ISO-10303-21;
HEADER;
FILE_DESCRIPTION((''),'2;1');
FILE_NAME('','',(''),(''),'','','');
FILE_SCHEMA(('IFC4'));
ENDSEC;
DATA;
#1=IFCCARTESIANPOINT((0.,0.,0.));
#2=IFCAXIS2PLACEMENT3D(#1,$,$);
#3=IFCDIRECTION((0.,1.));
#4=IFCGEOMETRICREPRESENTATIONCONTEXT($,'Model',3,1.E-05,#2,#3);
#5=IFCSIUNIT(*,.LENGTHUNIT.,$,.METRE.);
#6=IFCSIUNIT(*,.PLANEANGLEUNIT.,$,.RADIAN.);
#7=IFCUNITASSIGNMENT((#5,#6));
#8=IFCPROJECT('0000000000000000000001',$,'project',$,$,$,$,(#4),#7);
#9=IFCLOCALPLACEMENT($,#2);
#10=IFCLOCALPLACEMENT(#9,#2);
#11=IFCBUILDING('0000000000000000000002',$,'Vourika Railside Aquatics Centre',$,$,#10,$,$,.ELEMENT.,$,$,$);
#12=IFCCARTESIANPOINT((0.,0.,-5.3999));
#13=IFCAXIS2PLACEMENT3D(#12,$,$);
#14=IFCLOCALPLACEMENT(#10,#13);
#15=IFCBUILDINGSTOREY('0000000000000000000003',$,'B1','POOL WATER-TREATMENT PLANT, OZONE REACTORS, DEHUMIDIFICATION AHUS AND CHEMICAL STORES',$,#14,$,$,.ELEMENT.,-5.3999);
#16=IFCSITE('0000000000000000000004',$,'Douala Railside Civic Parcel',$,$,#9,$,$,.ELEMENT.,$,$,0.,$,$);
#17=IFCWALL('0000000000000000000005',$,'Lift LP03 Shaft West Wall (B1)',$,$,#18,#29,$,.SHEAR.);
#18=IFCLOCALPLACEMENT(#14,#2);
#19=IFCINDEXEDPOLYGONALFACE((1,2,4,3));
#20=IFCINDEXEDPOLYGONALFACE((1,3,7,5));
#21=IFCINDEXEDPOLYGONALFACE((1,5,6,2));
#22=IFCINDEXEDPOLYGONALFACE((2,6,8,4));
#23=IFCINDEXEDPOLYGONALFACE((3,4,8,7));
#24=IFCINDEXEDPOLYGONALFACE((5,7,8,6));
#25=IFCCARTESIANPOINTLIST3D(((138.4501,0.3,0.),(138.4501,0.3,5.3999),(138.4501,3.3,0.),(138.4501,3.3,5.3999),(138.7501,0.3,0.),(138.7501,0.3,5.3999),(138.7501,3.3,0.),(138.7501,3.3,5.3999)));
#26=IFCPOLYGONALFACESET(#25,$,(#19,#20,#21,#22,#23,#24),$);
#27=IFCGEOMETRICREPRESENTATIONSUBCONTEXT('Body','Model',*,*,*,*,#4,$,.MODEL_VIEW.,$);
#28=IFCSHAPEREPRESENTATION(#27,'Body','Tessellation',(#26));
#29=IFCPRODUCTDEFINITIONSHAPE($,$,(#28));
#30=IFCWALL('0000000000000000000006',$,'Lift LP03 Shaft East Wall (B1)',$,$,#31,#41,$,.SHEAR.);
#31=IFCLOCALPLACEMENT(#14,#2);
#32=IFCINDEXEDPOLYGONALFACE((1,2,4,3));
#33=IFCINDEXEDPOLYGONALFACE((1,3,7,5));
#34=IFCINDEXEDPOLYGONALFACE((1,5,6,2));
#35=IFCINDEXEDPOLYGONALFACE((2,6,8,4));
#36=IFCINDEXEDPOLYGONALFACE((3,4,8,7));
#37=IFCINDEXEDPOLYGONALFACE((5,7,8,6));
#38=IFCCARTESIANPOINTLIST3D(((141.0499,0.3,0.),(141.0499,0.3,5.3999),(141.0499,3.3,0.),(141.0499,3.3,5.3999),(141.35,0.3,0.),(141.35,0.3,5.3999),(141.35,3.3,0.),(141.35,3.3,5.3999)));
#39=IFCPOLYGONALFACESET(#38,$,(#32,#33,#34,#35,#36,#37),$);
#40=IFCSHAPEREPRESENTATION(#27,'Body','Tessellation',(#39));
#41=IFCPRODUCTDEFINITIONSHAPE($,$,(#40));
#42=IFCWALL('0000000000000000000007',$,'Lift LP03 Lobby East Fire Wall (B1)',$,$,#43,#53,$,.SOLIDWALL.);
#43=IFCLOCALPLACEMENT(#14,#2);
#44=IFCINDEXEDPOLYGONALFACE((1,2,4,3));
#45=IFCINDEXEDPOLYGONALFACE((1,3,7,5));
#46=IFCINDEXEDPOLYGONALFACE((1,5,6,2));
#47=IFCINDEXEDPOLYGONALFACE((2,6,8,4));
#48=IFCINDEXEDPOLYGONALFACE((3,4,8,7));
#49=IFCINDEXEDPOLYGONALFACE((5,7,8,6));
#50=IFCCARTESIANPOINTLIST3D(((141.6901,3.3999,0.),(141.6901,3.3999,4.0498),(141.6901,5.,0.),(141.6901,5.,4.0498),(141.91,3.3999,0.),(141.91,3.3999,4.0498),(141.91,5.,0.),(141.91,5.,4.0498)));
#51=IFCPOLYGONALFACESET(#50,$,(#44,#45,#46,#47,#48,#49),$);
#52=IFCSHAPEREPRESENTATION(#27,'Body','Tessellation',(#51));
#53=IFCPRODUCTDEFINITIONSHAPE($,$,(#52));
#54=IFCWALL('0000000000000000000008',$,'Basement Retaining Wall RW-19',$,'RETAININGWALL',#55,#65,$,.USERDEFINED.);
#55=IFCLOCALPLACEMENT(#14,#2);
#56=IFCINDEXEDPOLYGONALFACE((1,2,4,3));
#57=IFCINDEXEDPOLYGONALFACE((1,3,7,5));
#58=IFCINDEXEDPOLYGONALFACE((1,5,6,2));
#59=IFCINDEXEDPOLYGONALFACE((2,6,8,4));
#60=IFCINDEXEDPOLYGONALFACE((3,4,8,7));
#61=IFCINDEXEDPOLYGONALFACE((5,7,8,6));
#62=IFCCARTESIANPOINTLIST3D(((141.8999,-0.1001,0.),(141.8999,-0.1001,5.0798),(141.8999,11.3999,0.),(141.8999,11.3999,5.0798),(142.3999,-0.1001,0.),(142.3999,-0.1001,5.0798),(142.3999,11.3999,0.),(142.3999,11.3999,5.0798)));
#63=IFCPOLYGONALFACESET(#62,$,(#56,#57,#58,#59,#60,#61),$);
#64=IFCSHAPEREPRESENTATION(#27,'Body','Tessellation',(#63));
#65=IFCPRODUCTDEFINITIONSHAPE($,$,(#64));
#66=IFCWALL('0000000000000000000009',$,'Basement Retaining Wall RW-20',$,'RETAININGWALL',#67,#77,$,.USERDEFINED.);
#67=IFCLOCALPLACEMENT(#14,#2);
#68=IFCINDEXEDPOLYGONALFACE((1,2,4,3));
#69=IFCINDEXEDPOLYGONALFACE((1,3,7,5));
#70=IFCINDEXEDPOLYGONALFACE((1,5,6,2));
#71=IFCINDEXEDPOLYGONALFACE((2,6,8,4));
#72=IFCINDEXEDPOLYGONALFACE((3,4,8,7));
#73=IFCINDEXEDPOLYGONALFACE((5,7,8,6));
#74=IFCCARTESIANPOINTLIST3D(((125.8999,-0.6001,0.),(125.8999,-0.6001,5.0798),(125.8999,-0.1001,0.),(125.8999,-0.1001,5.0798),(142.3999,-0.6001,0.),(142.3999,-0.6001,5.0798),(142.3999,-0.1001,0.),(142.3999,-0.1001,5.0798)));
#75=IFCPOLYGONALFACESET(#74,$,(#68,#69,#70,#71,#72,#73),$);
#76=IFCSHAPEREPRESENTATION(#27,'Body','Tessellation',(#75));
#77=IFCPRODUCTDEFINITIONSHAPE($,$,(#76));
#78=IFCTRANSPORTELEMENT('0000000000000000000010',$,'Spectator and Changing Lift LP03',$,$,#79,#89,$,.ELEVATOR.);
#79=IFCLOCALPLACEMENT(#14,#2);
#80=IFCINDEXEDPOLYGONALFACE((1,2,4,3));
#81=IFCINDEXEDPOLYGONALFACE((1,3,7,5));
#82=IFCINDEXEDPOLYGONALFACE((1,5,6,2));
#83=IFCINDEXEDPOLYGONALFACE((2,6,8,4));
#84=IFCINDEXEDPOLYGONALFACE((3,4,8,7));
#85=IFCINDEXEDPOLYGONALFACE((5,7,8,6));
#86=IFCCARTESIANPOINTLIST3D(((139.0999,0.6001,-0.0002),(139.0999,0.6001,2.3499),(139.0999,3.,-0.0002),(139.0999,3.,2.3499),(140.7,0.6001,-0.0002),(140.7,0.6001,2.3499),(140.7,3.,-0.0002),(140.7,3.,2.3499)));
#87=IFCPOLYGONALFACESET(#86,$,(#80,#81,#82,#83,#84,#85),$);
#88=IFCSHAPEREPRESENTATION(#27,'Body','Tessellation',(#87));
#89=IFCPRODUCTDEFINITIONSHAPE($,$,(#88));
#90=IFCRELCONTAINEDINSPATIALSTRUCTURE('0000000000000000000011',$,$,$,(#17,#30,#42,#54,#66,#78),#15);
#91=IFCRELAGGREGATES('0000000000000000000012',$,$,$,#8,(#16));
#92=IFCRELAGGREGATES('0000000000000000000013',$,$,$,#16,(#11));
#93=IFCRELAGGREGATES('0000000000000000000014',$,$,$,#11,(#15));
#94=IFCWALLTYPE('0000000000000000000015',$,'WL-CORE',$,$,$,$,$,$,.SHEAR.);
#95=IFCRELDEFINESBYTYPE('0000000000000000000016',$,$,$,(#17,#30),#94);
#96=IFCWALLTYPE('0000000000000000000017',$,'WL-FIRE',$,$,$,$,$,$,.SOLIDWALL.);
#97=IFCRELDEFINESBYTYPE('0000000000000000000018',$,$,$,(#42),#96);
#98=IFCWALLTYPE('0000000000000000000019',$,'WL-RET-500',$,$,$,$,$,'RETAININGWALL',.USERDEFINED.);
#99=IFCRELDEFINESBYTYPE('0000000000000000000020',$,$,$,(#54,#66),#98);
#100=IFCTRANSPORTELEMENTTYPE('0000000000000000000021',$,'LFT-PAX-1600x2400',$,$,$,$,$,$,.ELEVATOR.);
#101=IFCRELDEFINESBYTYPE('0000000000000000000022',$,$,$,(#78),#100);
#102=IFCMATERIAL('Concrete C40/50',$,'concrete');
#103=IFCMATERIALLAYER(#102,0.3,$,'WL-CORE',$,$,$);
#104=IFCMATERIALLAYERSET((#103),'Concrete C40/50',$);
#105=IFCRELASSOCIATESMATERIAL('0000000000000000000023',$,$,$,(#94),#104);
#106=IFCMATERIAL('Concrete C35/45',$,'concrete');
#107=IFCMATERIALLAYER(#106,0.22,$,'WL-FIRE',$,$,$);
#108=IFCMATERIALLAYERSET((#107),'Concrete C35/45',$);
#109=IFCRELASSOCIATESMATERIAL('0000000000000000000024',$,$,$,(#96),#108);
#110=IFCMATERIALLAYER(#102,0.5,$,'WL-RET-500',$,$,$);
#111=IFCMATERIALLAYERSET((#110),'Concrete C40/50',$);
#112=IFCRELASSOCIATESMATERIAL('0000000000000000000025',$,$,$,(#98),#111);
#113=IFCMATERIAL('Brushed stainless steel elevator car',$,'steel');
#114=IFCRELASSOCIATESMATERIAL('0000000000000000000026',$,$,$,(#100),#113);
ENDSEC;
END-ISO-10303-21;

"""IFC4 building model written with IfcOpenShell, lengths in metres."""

from ifc_helpers import new_model, si_unit, direction, frame, frame_2d, origin, origin_2d, place, context, subcontext, project, spatial, rectangle, extrude, material, layer, layer_set, type_object, element, save


model = new_model("IFC4")

# Units and contexts
model_context = context("Model", 3, precision=1e-05, world=origin(), true_north=direction((0.0, 1.0)))
body_context = subcontext(model_context, "Body", "Model", "MODEL_VIEW")
ifc_project = project(units=[si_unit("LENGTHUNIT", "METRE"), si_unit("PLANEANGLEUNIT", "RADIAN")], contexts=[model_context])

# Site, building, storey
site_placement = place(None, origin())
site = spatial("IfcSite", under=ifc_project, at=site_placement, Name="Douala Railside Civic Parcel", CompositionType="ELEMENT", RefElevation=0.0)
building_placement = place(site_placement, origin())
building = spatial("IfcBuilding", under=site, at=building_placement, Name="Vourika Railside Aquatics Centre", CompositionType="ELEMENT")
storey_placement = place(building_placement, frame((0.0, 0.0, -5.3999)))
storey = spatial("IfcBuildingStorey", under=building, at=storey_placement, Name="B1", Description="POOL WATER-TREATMENT PLANT, OZONE REACTORS, DEHUMIDIFICATION AHUS AND CHEMICAL STORES", CompositionType="ELEMENT", Elevation=-5.3999)

# Shared definitions
ifc_material_1 = material(Name="Concrete C40/50", Category="concrete")

# Shared definitions
ifc_layer_1 = layer(ifc_material_1, 0.3, Name="WL-CORE")
ifc_layer_set_1 = layer_set([ifc_layer_1], Name="Concrete C40/50")
wall_type_1 = type_object("IfcWallType", Name="WL-CORE", PredefinedType="SHEAR", material=ifc_layer_set_1)

# Walls
for number, where, z_axis, x_axis, name in (
    (1, (138.6001, 3.3, 0.0), (0.0, 0.0, 1.0), (0.0, -1.0, 0.0), "Lift LP03 Shaft West Wall (B1)"),
    (2, (141.2, 0.3, 0.0), (0.0, 0.0, 1.0), (0.0, 1.0, 0.0), "Lift LP03 Shaft East Wall (B1)"),
):
    element("IfcWall", number, at=place(storey_placement, frame(where, z_axis=z_axis, x_axis=x_axis)), inside=storey, type_object=wall_type_1, Name=name, PredefinedType="SHEAR", context=body_context, shape_type="SweptSolid", body=[
        extrude(rectangle(XDim=3.0, YDim=0.3, at=frame_2d((1.5, 0.0))), origin(), (0.0, 0.0, 1.0), 5.3999),
    ])

# Shared definitions
ifc_material_2 = material(Name="Concrete C35/45", Category="concrete")
ifc_layer_2 = layer(ifc_material_2, 0.22, Name="WL-FIRE")
ifc_layer_set_2 = layer_set([ifc_layer_2], Name="Concrete C35/45")
wall_type_2 = type_object("IfcWallType", Name="WL-FIRE", PredefinedType="SOLIDWALL", material=ifc_layer_set_2)

# Walls
wall_1_placement = place(storey_placement, frame((141.8, 3.3999, 0.0), z_axis=(0.0, 0.0, 1.0), x_axis=(0.0, 1.0, 0.0)))
element("IfcWall", 3, at=wall_1_placement, inside=storey, type_object=wall_type_2, Name="Lift LP03 Lobby East Fire Wall (B1)", PredefinedType="SOLIDWALL", context=body_context, shape_type="SweptSolid", body=[
    extrude(rectangle(XDim=1.6001, YDim=0.22, at=frame_2d((0.8, 0.0))), origin(), (0.0, 0.0, 1.0), 4.0498),
])
ifc_layer_3 = layer(ifc_material_1, 0.5, Name="WL-RET-500")
ifc_layer_set_3 = layer_set([ifc_layer_3], Name="Concrete C40/50")
wall_type_3 = type_object("IfcWallType", Name="WL-RET-500", ElementType="RETAININGWALL", PredefinedType="USERDEFINED", material=ifc_layer_set_3)
wall_2_placement = place(storey_placement, frame((142.1499, 11.3999, 0.0), z_axis=(0.0, 0.0, 1.0), x_axis=(0.0, -1.0, 0.0)))
element("IfcWall", 4, at=wall_2_placement, inside=storey, type_object=wall_type_3, Name="Basement Retaining Wall RW-19", ObjectType="RETAININGWALL", PredefinedType="USERDEFINED", context=body_context, shape_type="SweptSolid", body=[
    extrude(rectangle(XDim=11.5, YDim=0.5, at=frame_2d((5.75, 0.0))), origin(), (0.0, 0.0, 1.0), 5.0798),
])
wall_3_placement = place(storey_placement, frame((142.3999, -0.3501, 0.0), z_axis=(0.0, 0.0, 1.0), x_axis=(-1.0, 0.0, 0.0)))
element("IfcWall", 5, at=wall_3_placement, inside=storey, type_object=wall_type_3, Name="Basement Retaining Wall RW-20", ObjectType="RETAININGWALL", PredefinedType="USERDEFINED", context=body_context, shape_type="SweptSolid", body=[
    extrude(rectangle(XDim=16.5, YDim=0.5, at=frame_2d((8.25, 0.0))), origin(), (0.0, 0.0, 1.0), 5.0798),
])

# Transport element
ifc_material_3 = material(Name="Brushed stainless steel elevator car", Category="steel")
transport_element_type = type_object("IfcTransportElementType", Name="LFT-PAX-1600x2400", PredefinedType="ELEVATOR", material=ifc_material_3)
transport_element_placement = place(storey_placement, frame((139.8999, 1.8, -0.0002), z_axis=(0.0, 0.0, 1.0), x_axis=(1.0, 0.0, 0.0)))
element("IfcTransportElement", 6, at=transport_element_placement, inside=storey, type_object=transport_element_type, Name="Spectator and Changing Lift LP03", PredefinedType="ELEVATOR", context=body_context, shape_type="SweptSolid", body=[
    extrude(rectangle(XDim=1.6001, YDim=2.3999, at=origin_2d()), origin(), (0.0, 0.0, 1.0), 2.3501),
])

save(model, "model.ifc")
